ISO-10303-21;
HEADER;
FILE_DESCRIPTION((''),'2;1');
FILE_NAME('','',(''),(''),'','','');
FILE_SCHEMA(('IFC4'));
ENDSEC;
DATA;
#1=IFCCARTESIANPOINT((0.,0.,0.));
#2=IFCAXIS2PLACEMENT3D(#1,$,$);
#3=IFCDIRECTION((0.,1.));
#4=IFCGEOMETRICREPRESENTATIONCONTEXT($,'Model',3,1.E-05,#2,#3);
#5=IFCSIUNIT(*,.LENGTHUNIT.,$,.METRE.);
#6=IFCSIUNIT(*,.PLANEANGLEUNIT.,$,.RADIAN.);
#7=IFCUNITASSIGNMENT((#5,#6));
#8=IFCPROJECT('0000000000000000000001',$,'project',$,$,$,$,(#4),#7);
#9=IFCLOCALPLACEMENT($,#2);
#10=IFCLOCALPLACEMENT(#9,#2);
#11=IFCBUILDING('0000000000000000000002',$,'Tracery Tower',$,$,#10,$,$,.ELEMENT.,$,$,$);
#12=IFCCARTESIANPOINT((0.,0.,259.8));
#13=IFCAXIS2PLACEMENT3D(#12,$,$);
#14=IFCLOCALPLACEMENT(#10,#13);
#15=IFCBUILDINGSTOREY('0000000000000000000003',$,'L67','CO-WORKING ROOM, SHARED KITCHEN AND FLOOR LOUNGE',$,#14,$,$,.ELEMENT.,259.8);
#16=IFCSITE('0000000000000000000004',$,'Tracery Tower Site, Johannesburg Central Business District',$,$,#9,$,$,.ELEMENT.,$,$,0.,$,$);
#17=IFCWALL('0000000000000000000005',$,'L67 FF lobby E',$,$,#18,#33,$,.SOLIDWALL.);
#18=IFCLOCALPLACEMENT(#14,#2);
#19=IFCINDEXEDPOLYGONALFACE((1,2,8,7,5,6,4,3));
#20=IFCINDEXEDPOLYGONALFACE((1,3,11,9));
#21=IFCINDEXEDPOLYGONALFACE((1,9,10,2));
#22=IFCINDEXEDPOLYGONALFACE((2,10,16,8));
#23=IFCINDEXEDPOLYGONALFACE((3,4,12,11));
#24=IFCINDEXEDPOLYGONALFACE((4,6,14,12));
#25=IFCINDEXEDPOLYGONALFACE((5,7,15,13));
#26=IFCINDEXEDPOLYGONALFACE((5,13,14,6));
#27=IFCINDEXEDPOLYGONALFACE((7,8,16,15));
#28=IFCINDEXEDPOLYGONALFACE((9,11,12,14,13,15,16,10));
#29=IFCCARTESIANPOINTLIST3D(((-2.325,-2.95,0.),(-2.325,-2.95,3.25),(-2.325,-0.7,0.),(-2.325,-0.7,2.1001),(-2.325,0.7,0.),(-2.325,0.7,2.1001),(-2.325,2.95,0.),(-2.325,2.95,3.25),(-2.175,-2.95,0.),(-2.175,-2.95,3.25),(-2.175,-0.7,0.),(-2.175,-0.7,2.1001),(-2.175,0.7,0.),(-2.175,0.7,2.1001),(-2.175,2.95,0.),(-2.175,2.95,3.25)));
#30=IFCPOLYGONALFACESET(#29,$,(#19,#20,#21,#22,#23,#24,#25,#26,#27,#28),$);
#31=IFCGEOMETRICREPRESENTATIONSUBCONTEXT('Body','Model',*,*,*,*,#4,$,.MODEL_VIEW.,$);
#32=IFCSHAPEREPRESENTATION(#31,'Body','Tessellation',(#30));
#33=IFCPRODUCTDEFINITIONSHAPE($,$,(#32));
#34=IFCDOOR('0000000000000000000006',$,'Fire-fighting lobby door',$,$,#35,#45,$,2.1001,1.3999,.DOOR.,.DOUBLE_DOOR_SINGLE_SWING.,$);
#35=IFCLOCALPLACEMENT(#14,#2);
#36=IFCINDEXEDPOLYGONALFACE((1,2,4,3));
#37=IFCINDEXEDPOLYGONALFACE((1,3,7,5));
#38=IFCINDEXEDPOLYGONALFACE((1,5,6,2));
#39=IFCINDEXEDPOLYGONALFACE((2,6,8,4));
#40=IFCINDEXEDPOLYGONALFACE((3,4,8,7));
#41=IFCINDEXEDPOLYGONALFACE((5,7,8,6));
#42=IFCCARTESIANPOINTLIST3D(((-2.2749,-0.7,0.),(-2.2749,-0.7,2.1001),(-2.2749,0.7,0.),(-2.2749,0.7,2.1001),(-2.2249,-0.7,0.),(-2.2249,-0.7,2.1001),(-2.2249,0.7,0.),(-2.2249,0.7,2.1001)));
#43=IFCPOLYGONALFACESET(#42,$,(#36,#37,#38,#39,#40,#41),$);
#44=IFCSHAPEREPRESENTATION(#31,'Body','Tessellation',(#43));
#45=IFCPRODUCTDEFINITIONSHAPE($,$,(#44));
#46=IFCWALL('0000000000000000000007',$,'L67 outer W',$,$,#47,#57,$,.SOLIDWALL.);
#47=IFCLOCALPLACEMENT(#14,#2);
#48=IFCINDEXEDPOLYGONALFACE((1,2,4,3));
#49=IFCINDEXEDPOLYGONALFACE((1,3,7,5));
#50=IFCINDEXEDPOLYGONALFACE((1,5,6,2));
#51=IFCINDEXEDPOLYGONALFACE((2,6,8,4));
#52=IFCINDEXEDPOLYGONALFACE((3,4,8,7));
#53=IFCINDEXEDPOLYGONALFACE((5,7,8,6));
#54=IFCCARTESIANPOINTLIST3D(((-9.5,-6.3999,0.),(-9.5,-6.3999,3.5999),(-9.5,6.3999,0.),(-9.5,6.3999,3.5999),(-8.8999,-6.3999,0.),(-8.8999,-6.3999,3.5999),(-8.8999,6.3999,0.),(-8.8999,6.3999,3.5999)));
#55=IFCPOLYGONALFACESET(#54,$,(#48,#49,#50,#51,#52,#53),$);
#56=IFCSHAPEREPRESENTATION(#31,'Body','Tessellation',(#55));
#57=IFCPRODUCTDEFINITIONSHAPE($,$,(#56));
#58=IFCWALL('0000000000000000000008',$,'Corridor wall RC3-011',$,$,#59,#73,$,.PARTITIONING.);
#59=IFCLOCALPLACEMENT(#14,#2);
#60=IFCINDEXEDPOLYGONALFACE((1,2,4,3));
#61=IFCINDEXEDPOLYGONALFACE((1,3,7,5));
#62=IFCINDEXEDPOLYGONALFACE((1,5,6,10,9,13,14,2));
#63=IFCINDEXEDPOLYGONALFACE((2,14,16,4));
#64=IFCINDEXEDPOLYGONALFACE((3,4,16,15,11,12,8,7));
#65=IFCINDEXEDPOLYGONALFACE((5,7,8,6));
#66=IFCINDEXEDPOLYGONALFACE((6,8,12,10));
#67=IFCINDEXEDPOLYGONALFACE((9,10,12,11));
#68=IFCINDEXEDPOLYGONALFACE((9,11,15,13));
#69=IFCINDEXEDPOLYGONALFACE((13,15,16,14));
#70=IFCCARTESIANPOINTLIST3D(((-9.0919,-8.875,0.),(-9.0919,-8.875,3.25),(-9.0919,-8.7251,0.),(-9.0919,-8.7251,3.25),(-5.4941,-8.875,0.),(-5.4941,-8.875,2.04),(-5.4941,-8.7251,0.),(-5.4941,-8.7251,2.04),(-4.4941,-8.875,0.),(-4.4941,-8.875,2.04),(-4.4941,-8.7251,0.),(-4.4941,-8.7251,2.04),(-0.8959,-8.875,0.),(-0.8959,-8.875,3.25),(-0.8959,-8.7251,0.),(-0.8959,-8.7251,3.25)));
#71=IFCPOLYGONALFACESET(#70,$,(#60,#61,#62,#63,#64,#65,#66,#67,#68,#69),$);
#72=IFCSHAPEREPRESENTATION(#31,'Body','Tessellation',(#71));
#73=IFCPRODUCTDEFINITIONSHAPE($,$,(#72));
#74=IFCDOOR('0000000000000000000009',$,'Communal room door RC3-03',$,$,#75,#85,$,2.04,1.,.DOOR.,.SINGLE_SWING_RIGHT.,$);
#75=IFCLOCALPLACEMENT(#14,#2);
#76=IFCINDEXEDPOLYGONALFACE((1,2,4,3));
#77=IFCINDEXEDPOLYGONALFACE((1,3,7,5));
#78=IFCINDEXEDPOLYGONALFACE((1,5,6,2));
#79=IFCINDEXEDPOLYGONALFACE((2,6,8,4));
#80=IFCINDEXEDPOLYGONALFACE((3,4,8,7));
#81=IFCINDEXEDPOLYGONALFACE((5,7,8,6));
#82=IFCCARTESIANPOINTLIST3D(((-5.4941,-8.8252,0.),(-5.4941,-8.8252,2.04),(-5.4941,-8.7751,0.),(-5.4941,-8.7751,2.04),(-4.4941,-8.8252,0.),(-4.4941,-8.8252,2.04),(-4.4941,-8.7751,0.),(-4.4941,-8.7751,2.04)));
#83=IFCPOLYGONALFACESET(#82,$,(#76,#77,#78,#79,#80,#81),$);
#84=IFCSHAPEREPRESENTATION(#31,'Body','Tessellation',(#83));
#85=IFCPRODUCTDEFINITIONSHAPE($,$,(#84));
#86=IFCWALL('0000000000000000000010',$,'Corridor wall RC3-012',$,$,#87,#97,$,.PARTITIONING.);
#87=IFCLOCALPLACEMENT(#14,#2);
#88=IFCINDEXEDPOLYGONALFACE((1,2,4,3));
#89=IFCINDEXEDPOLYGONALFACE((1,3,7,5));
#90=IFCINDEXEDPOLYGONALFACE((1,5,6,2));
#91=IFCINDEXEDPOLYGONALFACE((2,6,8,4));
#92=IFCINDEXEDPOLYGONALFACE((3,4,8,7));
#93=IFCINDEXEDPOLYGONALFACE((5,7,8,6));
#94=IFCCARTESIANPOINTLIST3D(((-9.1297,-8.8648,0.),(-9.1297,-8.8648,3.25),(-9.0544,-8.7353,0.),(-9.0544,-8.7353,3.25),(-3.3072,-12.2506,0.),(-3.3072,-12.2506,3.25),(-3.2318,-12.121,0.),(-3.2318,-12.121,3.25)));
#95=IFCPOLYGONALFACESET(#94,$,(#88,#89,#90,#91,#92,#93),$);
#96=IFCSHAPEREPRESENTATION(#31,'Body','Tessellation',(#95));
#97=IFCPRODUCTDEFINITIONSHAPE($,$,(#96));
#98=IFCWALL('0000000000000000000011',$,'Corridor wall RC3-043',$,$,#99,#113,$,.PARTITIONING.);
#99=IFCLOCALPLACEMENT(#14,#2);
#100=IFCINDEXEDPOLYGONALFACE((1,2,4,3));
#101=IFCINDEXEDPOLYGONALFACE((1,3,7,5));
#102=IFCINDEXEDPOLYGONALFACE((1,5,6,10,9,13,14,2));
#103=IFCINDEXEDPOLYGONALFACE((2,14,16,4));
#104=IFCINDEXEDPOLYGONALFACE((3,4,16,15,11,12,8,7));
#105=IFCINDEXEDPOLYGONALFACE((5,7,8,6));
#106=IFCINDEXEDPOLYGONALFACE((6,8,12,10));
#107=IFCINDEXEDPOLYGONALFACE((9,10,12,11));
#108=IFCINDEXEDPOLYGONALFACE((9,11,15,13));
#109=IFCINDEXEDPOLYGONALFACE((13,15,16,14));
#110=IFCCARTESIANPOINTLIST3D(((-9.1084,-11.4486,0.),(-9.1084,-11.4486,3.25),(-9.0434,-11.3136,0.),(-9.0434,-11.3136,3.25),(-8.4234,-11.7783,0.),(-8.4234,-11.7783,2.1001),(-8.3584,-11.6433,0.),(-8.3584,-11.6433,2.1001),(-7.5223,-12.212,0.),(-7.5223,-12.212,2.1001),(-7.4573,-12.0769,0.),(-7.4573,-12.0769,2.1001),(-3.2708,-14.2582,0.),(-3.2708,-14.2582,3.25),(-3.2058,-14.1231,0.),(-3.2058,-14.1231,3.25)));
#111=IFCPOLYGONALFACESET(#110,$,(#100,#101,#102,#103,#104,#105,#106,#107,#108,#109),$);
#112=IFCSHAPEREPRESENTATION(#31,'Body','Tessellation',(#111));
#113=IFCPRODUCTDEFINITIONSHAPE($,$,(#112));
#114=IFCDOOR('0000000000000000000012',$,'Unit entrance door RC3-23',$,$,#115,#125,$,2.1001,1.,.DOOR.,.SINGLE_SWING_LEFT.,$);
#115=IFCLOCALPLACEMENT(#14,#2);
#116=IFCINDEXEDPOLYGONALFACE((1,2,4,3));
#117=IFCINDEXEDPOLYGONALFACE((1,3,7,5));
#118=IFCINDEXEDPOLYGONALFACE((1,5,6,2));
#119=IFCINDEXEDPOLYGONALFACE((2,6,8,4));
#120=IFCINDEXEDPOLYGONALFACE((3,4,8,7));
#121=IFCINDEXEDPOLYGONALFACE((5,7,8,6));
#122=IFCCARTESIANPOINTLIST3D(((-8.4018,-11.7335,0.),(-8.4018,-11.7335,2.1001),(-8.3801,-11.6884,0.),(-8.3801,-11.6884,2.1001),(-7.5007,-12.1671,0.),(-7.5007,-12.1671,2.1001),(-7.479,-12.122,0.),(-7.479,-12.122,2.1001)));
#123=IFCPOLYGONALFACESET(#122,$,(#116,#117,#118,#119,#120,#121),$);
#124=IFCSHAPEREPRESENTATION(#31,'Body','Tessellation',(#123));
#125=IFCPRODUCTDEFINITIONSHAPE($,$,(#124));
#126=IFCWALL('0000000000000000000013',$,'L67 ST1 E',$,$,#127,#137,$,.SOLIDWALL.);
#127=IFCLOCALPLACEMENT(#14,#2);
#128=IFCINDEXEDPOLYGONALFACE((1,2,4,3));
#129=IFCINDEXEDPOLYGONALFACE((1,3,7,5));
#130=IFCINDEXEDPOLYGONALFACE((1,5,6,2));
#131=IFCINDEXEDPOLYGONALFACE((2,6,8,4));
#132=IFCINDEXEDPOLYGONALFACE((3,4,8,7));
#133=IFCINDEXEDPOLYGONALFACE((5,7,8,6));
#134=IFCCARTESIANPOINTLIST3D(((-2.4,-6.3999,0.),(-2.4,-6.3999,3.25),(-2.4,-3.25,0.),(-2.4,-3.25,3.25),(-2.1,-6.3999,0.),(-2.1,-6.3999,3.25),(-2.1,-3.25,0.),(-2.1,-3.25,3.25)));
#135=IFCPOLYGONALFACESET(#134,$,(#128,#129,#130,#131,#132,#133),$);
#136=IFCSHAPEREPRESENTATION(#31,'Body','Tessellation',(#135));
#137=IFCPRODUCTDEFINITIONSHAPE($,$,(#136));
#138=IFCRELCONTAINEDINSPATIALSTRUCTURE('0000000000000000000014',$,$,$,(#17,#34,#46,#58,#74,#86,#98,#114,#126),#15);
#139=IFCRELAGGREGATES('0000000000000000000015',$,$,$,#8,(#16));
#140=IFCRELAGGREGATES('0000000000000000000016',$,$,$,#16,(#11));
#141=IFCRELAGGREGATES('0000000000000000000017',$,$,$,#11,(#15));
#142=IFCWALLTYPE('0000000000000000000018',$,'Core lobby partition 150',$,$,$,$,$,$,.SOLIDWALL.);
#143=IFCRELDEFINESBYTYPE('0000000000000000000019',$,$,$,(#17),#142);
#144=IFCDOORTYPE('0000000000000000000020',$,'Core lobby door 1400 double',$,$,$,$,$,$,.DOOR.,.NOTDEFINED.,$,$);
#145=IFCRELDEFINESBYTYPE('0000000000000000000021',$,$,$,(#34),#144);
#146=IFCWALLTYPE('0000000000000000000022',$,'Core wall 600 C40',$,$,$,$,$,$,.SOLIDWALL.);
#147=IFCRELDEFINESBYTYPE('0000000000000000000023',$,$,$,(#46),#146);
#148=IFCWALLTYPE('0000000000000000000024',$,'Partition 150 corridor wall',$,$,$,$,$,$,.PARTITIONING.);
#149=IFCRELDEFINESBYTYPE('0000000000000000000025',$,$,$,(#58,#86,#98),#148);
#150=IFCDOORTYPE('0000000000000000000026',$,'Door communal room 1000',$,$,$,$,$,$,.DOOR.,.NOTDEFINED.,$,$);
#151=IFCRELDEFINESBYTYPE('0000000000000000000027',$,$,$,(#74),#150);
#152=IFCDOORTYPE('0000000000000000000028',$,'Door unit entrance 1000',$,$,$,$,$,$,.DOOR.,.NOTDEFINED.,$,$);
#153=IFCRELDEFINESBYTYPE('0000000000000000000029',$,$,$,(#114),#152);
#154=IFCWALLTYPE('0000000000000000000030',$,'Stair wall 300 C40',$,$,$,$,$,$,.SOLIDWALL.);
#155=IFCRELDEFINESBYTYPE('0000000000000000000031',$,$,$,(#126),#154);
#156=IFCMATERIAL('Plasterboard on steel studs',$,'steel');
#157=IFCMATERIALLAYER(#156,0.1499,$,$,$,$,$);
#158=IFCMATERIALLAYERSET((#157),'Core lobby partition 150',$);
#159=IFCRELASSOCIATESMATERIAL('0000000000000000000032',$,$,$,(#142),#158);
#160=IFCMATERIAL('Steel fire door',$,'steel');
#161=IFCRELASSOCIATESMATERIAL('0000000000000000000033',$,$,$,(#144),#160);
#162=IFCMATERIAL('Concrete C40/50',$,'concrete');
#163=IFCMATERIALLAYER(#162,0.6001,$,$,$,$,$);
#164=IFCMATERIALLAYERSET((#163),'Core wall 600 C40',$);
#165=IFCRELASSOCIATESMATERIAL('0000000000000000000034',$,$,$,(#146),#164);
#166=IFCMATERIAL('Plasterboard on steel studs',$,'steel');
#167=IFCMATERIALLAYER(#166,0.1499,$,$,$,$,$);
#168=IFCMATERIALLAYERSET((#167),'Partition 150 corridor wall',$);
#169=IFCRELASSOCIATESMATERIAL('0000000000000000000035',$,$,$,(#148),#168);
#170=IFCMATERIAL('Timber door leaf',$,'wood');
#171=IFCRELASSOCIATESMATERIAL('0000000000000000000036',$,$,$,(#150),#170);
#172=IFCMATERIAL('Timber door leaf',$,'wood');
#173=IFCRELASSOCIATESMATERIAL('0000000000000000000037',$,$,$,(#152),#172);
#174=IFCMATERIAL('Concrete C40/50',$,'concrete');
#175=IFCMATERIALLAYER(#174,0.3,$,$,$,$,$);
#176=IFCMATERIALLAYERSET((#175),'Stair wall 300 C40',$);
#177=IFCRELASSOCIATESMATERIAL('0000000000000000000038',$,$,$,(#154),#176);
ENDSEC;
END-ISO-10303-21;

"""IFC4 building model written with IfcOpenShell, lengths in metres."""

from ifc_helpers import new_model, si_unit, direction, frame, frame_2d, origin, place, context, subcontext, project, spatial, rectangle, extrude, material, layer, layer_set, type_object, element, fill, save


model = new_model("IFC4")

# Units and contexts
model_context = context("Model", 3, precision=1e-05, world=origin(), true_north=direction((0.0, 1.0)))
body_context = subcontext(model_context, "Body", "Model", "MODEL_VIEW")
ifc_project = project(units=[si_unit("LENGTHUNIT", "METRE"), si_unit("PLANEANGLEUNIT", "RADIAN")], contexts=[model_context])

# Site, building, storey
site_placement = place(None, origin())
site = spatial("IfcSite", under=ifc_project, at=site_placement, Name="Tracery Tower Site, Johannesburg Central Business District", CompositionType="ELEMENT", RefElevation=0.0)
building_placement = place(site_placement, origin())
building = spatial("IfcBuilding", under=site, at=building_placement, Name="Tracery Tower", CompositionType="ELEMENT")
storey_placement = place(building_placement, frame((0.0, 0.0, 259.8)))
storey = spatial("IfcBuildingStorey", under=building, at=storey_placement, Name="L67", Description="CO-WORKING ROOM, SHARED KITCHEN AND FLOOR LOUNGE", CompositionType="ELEMENT", Elevation=259.8)

# Wall, opening, door
ifc_material_1 = material(Name="Plasterboard on steel studs", Category="steel")
ifc_layer_1 = layer(ifc_material_1, 0.1499)
ifc_layer_set_1 = layer_set([ifc_layer_1], Name="Core lobby partition 150")
wall_type_1 = type_object("IfcWallType", Name="Core lobby partition 150", PredefinedType="SOLIDWALL", material=ifc_layer_set_1)
wall_1_placement = place(storey_placement, frame((-2.25, -2.95, 0.0), z_axis=(0.0, 0.0, 1.0), x_axis=(0.0, 1.0, 0.0)))
wall_1 = element("IfcWall", 1, at=wall_1_placement, inside=storey, type_object=wall_type_1, Name="L67 FF lobby E", PredefinedType="SOLIDWALL", context=body_context, shape_type="SweptSolid", body=[
    extrude(rectangle(XDim=5.8999, YDim=0.1499, at=frame_2d((2.95, 0.0))), origin(), (0.0, 0.0, 1.0), 3.25),
])
opening_1_placement = place(wall_1_placement, frame((2.25, 0.0, 0.0)))
opening_1 = element("IfcOpeningElement", 2, at=opening_1_placement, cuts=wall_1, PredefinedType="OPENING", context=body_context, shape_type="SweptSolid", body=[
    extrude(rectangle(XDim=1.3999, YDim=2.1001, at=frame_2d((0.7, 1.05))), frame((0.0, 0.075, 0.0), z_axis=(0.0, -1.0, 0.0), x_axis=(1.0, 0.0, 0.0)), (0.0, 0.0, 1.0), 0.1499),
])
ifc_material_2 = material(Name="Steel fire door", Category="steel")
door_type_1 = type_object("IfcDoorType", Name="Core lobby door 1400 double", OperationType="NOTDEFINED", PredefinedType="DOOR", material=ifc_material_2)
door_1_placement = place(opening_1_placement, origin())
door_1 = element("IfcDoor", 3, at=door_1_placement, inside=storey, type_object=door_type_1, Name="Fire-fighting lobby door", OperationType="DOUBLE_DOOR_SINGLE_SWING", OverallHeight=2.1001, OverallWidth=1.3999, PredefinedType="DOOR", context=body_context, shape_type="SweptSolid", body=[
    extrude(rectangle(XDim=1.3999, YDim=2.1001, at=frame_2d((0.7, 1.05))), frame((0.0, 0.0249, 0.0), z_axis=(0.0, -1.0, 0.0), x_axis=(1.0, 0.0, 0.0)), (0.0, 0.0, 1.0), 0.05),
])
fill(opening_1, door_1)

# Wall
ifc_material_3 = material(Name="Concrete C40/50", Category="concrete")
ifc_layer_2 = layer(ifc_material_3, 0.6001)
ifc_layer_set_2 = layer_set([ifc_layer_2], Name="Core wall 600 C40")
wall_type_2 = type_object("IfcWallType", Name="Core wall 600 C40", PredefinedType="SOLIDWALL", material=ifc_layer_set_2)
wall_2_placement = place(storey_placement, frame((-9.2, -6.3999, 0.0), z_axis=(0.0, 0.0, 1.0), x_axis=(0.0, 1.0, 0.0)))
element("IfcWall", 4, at=wall_2_placement, inside=storey, type_object=wall_type_2, Name="L67 outer W", PredefinedType="SOLIDWALL", context=body_context, shape_type="SweptSolid", body=[
    extrude(rectangle(XDim=12.7998, YDim=0.6001, at=frame_2d((6.3999, 0.0))), origin(), (0.0, 0.0, 1.0), 3.5999),
])

# Wall, opening, door
ifc_material_4 = material(Name="Plasterboard on steel studs", Category="steel")
ifc_layer_3 = layer(ifc_material_4, 0.1499)
ifc_layer_set_3 = layer_set([ifc_layer_3], Name="Partition 150 corridor wall")
wall_type_3 = type_object("IfcWallType", Name="Partition 150 corridor wall", PredefinedType="PARTITIONING", material=ifc_layer_set_3)
wall_3_placement = place(storey_placement, frame((-9.092, -8.8, 0.0), z_axis=(0.0, 0.0, 1.0), x_axis=(1.0, 0.0, 0.0)))
wall_3 = element("IfcWall", 5, at=wall_3_placement, inside=storey, type_object=wall_type_3, Name="Corridor wall RC3-011", PredefinedType="PARTITIONING", context=body_context, shape_type="SweptSolid", body=[
    extrude(rectangle(XDim=8.196, YDim=0.1499, at=frame_2d((4.0981, 0.0))), origin(), (0.0, 0.0, 1.0), 3.25),
])
opening_2_placement = place(wall_3_placement, frame((3.5979, 0.0, 0.0)))
opening_2 = element("IfcOpeningElement", 6, at=opening_2_placement, cuts=wall_3, PredefinedType="OPENING", context=body_context, shape_type="SweptSolid", body=[
    extrude(rectangle(XDim=1.0, YDim=2.04, at=frame_2d((0.5, 1.02))), frame((0.0, 0.075, 0.0), z_axis=(0.0, -1.0, 0.0), x_axis=(1.0, 0.0, 0.0)), (0.0, 0.0, 1.0), 0.1499),
])
ifc_material_5 = material(Name="Timber door leaf", Category="wood")
door_type_2 = type_object("IfcDoorType", Name="Door communal room 1000", OperationType="NOTDEFINED", PredefinedType="DOOR", material=ifc_material_5)
door_2_placement = place(opening_2_placement, origin())
door_2 = element("IfcDoor", 7, at=door_2_placement, inside=storey, type_object=door_type_2, Name="Communal room door RC3-03", OperationType="SINGLE_SWING_RIGHT", OverallHeight=2.04, OverallWidth=1.0, PredefinedType="DOOR", context=body_context, shape_type="SweptSolid", body=[
    extrude(rectangle(XDim=1.0, YDim=2.04, at=frame_2d((0.5, 1.02))), frame((0.0, 0.0249, 0.0), z_axis=(0.0, -1.0, 0.0), x_axis=(1.0, 0.0, 0.0)), (0.0, 0.0, 1.0), 0.05),
])
fill(opening_2, door_2)

# Wall
wall_4_placement = place(storey_placement, frame((-9.092, -8.8, 0.0), z_axis=(0.0, 0.0, 1.0), x_axis=(0.864471, -0.502683, 0.0)))
element("IfcWall", 8, at=wall_4_placement, inside=storey, type_object=wall_type_3, Name="Corridor wall RC3-012", PredefinedType="PARTITIONING", context=body_context, shape_type="SweptSolid", body=[
    extrude(rectangle(XDim=6.7354, YDim=0.1499, at=frame_2d((3.3677, 0.0))), origin(), (0.0, 0.0, 1.0), 3.25),
])

# Wall, opening, door
wall_5_placement = place(storey_placement, frame((-9.0759, -11.3811, 0.0), z_axis=(0.0, 0.0, 1.0), x_axis=(0.901071, -0.433672, 0.0)))
wall_5 = element("IfcWall", 9, at=wall_5_placement, inside=storey, type_object=wall_type_3, Name="Corridor wall RC3-043", PredefinedType="PARTITIONING", context=body_context, shape_type="SweptSolid", body=[
    extrude(rectangle(XDim=6.4785, YDim=0.1499, at=frame_2d((3.2393, 0.0))), origin(), (0.0, 0.0, 1.0), 3.25),
])
opening_3_placement = place(wall_5_placement, frame((0.7603, 0.0, 0.0)))
opening_3 = element("IfcOpeningElement", 10, at=opening_3_placement, cuts=wall_5, PredefinedType="OPENING", context=body_context, shape_type="SweptSolid", body=[
    extrude(rectangle(XDim=1.0, YDim=2.1001, at=frame_2d((0.5, 1.05))), frame((0.0, 0.075, 0.0), z_axis=(0.0, -1.0, 0.0), x_axis=(1.0, 0.0, 0.0)), (0.0, 0.0, 1.0), 0.1499),
])
ifc_material_6 = material(Name="Timber door leaf", Category="wood")
door_type_3 = type_object("IfcDoorType", Name="Door unit entrance 1000", OperationType="NOTDEFINED", PredefinedType="DOOR", material=ifc_material_6)
door_3_placement = place(opening_3_placement, origin())
door_3 = element("IfcDoor", 11, at=door_3_placement, inside=storey, type_object=door_type_3, Name="Unit entrance door RC3-23", OperationType="SINGLE_SWING_LEFT", OverallHeight=2.1001, OverallWidth=1.0, PredefinedType="DOOR", context=body_context, shape_type="SweptSolid", body=[
    extrude(rectangle(XDim=1.0, YDim=2.1001, at=frame_2d((0.5, 1.05))), frame((0.0, 0.0249, 0.0), z_axis=(0.0, -1.0, 0.0), x_axis=(1.0, 0.0, 0.0)), (0.0, 0.0, 1.0), 0.05),
])
fill(opening_3, door_3)

# Shared definitions
ifc_material_7 = material(Name="Concrete C40/50", Category="concrete")
ifc_layer_4 = layer(ifc_material_7, 0.3)
ifc_layer_set_4 = layer_set([ifc_layer_4], Name="Stair wall 300 C40")
wall_type_4 = type_object("IfcWallType", Name="Stair wall 300 C40", PredefinedType="SOLIDWALL", material=ifc_layer_set_4)

# Wall
wall_6_placement = place(storey_placement, frame((-2.25, -6.3999, 0.0), z_axis=(0.0, 0.0, 1.0), x_axis=(0.0, 1.0, 0.0)))
element("IfcWall", 12, at=wall_6_placement, inside=storey, type_object=wall_type_4, Name="L67 ST1 E", PredefinedType="SOLIDWALL", context=body_context, shape_type="SweptSolid", body=[
    extrude(rectangle(XDim=3.1499, YDim=0.3, at=frame_2d((1.575, 0.0))), origin(), (0.0, 0.0, 1.0), 3.25),
])

save(model, "model.ifc")
